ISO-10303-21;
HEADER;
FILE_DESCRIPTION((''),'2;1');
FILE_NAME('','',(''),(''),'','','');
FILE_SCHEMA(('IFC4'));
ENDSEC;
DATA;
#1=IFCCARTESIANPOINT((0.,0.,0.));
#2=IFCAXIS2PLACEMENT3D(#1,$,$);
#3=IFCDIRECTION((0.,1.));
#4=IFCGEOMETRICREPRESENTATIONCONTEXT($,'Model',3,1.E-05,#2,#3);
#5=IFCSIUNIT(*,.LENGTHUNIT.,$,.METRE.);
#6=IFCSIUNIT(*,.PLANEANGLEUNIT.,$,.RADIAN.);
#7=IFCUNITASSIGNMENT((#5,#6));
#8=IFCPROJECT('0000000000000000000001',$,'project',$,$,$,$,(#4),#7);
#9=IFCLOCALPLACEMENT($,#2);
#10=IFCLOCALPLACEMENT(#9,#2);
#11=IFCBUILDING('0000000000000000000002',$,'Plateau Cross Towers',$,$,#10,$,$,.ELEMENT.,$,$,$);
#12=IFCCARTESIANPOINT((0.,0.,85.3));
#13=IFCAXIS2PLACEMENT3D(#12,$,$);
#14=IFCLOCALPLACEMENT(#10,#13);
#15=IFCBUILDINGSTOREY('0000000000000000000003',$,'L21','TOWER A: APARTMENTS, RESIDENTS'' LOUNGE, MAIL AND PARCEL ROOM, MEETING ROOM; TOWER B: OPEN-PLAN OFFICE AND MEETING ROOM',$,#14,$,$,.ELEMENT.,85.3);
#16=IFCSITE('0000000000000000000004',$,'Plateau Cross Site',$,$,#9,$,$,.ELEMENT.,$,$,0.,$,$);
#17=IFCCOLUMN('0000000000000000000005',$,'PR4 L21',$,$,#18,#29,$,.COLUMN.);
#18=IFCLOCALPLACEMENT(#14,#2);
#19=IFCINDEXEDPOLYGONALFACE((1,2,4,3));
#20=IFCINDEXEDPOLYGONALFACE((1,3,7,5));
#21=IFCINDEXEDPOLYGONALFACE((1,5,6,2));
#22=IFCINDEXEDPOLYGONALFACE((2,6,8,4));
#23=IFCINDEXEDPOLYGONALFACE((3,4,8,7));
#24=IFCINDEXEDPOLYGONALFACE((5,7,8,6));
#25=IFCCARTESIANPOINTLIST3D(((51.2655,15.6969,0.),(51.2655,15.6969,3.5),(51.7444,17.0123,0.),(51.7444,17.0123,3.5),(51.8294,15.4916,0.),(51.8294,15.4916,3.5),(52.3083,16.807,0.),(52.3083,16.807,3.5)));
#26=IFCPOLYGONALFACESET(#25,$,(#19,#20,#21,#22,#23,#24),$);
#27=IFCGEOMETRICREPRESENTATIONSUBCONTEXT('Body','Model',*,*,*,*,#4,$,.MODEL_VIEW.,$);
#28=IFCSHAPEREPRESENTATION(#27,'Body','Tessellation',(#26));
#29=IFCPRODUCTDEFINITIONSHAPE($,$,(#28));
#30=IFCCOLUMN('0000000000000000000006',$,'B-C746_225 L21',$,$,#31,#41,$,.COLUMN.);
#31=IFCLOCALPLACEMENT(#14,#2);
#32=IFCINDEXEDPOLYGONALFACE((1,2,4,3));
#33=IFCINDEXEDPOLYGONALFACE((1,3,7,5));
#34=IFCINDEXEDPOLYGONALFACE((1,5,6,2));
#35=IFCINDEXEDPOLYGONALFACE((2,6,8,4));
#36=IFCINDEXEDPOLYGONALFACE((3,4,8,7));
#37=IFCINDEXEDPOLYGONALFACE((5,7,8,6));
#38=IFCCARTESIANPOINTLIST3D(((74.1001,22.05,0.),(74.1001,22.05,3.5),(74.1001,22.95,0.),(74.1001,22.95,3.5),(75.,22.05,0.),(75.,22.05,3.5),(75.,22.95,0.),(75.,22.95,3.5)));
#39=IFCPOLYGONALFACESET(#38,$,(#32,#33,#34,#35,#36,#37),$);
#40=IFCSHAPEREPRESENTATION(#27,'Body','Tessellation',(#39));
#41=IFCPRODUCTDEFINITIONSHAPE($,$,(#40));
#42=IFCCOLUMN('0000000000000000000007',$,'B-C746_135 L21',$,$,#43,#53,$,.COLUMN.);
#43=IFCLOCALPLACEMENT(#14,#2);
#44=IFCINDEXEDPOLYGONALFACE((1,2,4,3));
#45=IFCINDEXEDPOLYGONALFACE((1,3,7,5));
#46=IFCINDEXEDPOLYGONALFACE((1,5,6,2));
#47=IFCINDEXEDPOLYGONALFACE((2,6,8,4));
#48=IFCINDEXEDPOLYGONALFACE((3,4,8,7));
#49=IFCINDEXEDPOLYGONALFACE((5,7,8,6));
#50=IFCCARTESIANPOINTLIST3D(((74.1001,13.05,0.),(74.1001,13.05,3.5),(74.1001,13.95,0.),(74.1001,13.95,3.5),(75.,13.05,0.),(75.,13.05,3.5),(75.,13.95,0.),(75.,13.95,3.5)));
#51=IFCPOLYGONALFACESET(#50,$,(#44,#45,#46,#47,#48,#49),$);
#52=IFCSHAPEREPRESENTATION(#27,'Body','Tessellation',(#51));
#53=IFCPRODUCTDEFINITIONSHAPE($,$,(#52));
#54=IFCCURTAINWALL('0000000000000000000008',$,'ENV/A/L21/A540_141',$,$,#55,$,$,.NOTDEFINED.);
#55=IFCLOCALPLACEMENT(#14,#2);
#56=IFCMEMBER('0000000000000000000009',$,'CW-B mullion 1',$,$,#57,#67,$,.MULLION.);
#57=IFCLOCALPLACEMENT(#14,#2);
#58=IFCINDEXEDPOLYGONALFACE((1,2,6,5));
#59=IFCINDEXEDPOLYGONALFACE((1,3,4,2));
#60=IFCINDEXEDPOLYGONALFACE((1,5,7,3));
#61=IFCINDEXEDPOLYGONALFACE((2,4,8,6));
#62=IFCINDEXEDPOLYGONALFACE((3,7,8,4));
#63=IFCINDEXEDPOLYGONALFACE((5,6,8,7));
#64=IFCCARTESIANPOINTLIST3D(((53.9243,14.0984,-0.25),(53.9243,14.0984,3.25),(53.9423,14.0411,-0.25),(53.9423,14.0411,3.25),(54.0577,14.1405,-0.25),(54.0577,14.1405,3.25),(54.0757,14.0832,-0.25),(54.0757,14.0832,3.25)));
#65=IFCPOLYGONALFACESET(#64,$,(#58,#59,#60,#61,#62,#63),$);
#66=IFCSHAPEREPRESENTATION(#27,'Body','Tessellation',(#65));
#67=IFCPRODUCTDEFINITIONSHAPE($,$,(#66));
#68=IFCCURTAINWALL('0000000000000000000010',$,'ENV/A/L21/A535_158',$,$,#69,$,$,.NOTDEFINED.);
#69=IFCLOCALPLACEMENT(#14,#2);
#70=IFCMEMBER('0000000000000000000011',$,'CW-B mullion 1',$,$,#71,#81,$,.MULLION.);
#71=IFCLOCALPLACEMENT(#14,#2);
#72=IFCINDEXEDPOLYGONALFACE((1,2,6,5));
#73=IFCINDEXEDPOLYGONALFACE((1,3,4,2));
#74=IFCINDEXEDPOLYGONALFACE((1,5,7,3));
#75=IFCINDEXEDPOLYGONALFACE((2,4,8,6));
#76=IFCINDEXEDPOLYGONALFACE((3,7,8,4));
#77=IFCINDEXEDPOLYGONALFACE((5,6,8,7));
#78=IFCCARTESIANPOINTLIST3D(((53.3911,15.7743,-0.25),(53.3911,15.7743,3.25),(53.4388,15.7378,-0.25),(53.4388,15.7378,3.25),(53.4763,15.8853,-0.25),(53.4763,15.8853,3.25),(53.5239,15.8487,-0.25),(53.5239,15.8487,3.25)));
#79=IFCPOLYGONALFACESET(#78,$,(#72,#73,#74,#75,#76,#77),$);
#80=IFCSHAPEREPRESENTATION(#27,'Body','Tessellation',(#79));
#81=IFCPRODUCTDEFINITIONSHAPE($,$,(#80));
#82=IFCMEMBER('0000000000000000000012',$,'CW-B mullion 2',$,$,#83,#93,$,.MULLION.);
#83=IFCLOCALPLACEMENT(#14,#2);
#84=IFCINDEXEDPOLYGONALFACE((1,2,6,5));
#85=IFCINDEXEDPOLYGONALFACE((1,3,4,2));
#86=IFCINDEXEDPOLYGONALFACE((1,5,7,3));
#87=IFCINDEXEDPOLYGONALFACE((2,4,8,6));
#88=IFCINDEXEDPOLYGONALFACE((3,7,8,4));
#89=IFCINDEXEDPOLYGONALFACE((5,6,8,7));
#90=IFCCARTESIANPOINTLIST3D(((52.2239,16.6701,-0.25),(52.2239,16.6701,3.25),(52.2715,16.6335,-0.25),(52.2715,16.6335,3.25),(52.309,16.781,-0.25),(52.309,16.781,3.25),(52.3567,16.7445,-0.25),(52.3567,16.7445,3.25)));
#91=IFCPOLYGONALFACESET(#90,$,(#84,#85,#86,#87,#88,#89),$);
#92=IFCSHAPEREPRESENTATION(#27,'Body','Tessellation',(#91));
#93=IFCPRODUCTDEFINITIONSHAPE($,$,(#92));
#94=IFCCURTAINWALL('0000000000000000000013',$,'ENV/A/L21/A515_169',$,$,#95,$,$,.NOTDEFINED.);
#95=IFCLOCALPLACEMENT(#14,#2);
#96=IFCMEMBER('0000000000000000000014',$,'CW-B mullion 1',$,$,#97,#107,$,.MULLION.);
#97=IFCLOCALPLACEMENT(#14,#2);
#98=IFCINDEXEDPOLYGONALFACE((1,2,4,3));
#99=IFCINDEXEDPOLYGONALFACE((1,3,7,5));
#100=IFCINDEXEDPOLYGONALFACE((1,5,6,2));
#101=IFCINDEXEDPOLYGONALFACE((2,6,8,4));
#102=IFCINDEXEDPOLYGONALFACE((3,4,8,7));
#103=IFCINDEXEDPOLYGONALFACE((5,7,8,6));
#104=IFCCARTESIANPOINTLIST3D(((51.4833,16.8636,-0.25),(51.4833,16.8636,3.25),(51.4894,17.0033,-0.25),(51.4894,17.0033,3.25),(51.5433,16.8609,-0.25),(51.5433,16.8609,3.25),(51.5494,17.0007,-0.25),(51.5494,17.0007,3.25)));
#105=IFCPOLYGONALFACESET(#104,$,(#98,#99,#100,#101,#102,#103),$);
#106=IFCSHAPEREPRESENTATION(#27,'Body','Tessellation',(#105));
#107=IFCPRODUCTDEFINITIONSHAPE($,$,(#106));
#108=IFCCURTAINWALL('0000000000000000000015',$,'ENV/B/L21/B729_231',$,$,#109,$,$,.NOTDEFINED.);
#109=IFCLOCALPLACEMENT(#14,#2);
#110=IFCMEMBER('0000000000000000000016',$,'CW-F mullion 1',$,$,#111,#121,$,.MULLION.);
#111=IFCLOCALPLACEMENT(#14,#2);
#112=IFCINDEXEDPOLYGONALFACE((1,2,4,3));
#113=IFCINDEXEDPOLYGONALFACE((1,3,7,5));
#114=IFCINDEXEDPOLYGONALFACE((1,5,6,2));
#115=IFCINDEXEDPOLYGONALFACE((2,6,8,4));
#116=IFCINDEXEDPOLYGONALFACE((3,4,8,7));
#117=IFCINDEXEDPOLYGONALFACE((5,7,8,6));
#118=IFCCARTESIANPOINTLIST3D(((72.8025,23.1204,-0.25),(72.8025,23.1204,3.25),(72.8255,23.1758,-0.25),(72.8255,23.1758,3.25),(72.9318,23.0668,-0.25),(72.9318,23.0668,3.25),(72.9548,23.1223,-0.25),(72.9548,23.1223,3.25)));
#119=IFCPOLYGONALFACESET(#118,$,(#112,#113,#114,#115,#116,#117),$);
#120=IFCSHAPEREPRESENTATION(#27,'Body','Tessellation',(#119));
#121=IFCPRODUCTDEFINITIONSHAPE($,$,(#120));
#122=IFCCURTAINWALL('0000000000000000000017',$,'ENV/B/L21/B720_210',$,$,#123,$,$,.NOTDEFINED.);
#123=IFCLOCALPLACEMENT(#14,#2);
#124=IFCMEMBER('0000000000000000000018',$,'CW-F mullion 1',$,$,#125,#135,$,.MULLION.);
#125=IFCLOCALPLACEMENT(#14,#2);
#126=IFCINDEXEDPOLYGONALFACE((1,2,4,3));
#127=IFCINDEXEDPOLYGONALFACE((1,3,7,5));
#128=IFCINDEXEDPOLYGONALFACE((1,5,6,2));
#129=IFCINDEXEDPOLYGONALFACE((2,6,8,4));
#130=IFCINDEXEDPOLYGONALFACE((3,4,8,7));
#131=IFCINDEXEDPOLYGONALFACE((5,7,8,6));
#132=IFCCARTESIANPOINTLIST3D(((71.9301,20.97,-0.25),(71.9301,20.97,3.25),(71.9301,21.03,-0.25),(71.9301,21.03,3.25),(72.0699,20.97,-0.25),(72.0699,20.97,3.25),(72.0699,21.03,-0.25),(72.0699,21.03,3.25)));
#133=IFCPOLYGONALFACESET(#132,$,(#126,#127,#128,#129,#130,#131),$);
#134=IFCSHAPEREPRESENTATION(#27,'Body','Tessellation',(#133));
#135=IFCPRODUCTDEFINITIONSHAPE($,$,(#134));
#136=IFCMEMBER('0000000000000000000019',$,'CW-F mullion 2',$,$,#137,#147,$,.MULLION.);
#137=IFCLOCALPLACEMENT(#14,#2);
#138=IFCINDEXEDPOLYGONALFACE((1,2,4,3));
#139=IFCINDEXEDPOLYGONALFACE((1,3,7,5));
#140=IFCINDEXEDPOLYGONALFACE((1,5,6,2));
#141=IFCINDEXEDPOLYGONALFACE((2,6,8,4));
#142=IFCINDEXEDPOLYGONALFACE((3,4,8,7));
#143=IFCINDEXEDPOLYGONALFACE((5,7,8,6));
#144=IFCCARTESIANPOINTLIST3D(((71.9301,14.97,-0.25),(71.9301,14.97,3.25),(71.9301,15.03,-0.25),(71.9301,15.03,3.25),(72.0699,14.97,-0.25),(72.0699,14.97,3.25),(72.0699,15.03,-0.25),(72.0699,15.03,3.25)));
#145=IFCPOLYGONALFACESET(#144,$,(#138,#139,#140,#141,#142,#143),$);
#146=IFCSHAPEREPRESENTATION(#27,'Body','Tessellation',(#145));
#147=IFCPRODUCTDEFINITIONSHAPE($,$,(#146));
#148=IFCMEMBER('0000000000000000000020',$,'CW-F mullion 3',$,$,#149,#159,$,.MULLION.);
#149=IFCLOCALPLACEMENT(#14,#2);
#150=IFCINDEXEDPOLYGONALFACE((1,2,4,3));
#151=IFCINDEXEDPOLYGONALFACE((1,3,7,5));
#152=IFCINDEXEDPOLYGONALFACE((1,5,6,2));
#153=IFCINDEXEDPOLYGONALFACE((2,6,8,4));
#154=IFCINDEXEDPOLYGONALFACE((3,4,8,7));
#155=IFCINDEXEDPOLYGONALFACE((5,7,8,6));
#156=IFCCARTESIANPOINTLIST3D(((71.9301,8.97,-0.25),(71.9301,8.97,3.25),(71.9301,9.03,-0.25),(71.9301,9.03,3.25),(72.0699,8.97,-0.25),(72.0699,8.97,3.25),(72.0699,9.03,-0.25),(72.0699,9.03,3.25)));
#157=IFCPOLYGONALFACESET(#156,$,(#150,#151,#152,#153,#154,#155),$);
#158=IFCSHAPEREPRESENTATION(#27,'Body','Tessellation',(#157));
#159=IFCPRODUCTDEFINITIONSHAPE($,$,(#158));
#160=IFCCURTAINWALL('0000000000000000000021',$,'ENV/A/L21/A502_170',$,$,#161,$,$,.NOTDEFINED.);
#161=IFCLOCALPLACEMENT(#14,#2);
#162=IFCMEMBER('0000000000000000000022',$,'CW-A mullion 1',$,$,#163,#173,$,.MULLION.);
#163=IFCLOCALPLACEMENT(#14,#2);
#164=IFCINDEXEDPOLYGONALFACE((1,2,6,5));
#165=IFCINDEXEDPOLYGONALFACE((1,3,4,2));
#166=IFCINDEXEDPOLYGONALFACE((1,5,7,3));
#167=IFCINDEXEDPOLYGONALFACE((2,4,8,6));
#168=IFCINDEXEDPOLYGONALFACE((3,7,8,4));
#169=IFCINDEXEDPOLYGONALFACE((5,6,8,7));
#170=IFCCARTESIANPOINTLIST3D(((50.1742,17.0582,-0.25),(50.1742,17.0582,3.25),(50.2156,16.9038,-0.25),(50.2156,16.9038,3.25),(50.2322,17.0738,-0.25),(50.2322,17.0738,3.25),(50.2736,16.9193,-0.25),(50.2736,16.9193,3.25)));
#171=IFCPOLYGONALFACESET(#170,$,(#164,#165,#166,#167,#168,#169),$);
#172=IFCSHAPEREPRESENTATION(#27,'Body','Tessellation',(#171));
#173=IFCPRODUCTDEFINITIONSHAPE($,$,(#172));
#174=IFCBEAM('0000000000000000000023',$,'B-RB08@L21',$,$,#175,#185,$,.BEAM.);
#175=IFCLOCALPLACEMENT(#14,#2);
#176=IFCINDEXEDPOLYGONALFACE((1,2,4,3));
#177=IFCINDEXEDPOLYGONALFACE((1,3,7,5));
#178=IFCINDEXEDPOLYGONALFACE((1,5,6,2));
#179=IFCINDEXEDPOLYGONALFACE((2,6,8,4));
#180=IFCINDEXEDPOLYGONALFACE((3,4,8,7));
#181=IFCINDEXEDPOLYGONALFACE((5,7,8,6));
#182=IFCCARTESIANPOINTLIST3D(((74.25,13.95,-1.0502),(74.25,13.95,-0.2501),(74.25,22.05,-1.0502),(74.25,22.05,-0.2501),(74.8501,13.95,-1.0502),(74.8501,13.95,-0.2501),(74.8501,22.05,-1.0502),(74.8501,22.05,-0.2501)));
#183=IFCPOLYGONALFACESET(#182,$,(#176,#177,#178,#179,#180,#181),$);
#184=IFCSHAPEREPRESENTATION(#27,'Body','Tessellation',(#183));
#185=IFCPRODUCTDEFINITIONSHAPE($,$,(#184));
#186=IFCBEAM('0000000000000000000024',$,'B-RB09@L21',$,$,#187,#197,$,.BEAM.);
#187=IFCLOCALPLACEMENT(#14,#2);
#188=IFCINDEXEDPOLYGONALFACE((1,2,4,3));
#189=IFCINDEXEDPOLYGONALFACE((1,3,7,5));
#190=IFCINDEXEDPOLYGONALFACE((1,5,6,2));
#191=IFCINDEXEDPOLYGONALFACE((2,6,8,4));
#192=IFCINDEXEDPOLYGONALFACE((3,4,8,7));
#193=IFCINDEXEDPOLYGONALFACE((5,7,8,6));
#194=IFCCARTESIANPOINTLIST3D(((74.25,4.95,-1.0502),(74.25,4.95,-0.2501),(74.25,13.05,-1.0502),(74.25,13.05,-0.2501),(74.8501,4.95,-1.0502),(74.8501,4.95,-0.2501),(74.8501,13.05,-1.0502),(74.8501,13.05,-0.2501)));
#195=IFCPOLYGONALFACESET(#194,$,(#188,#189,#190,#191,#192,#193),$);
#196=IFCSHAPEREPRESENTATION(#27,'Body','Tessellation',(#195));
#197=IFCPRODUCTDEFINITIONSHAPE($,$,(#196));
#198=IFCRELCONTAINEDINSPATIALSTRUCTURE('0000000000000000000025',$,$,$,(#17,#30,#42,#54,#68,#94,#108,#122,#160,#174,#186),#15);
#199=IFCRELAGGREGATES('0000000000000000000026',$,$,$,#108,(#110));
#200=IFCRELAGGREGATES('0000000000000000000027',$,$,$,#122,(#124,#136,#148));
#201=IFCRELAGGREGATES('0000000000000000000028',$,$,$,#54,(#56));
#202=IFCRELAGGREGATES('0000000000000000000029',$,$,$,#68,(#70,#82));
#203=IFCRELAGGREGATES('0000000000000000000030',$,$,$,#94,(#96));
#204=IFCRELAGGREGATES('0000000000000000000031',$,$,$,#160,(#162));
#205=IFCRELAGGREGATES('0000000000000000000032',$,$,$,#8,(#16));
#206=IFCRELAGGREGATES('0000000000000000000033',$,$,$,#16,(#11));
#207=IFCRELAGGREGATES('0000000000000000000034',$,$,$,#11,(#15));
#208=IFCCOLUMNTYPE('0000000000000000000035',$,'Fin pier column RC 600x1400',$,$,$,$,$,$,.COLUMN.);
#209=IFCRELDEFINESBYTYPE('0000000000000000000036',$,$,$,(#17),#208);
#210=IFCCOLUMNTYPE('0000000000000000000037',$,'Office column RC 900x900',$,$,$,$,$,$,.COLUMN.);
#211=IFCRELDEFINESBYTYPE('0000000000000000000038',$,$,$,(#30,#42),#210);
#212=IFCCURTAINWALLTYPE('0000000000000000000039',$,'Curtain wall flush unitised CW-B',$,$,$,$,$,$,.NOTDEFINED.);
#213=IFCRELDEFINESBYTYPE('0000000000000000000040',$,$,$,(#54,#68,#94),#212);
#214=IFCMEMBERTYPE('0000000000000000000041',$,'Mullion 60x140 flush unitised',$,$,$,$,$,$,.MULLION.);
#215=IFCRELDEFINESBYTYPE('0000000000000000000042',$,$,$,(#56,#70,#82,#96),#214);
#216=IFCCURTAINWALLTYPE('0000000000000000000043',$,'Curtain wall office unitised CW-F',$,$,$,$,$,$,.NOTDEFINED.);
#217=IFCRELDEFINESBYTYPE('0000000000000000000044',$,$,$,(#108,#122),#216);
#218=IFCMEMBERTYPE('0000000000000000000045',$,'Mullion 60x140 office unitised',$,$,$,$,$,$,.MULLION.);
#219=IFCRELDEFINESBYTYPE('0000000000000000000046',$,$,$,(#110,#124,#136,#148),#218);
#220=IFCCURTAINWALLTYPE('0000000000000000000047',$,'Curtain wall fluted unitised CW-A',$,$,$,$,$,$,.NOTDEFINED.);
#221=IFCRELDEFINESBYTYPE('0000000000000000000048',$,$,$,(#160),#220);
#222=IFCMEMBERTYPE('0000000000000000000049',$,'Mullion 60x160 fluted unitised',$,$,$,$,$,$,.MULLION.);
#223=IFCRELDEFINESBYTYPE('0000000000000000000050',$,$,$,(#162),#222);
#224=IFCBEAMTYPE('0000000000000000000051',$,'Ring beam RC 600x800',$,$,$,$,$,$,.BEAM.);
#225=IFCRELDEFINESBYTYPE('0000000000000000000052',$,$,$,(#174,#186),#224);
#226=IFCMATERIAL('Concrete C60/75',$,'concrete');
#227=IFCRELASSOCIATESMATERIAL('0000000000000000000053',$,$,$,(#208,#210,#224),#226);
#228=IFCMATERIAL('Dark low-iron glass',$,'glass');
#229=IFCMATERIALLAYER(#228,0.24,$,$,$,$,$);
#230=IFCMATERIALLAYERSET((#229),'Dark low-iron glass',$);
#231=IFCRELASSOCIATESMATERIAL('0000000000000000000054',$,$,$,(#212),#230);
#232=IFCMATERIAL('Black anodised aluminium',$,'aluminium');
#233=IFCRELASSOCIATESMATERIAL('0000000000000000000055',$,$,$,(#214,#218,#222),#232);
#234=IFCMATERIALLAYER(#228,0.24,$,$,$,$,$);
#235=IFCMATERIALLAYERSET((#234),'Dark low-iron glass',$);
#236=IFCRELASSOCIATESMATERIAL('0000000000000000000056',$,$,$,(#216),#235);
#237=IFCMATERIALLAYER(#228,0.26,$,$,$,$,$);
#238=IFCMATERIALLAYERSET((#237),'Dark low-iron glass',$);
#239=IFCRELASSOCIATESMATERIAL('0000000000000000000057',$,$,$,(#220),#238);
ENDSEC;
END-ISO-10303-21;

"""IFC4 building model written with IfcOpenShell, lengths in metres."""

from ifc_helpers import new_model, si_unit, direction, frame, origin, origin_2d, place, context, subcontext, project, spatial, rectangle, extrude, material, layer, layer_set, material_profile, profile_set, type_object, element, aggregate, save


model = new_model("IFC4")

# Units and contexts
model_context = context("Model", 3, precision=1e-05, world=origin(), true_north=direction((0.0, 1.0)))
body_context = subcontext(model_context, "Body", "Model", "MODEL_VIEW")
ifc_project = project(units=[si_unit("LENGTHUNIT", "METRE"), si_unit("PLANEANGLEUNIT", "RADIAN")], contexts=[model_context])

# Site, building, storey
site_placement = place(None, origin())
site = spatial("IfcSite", under=ifc_project, at=site_placement, Name="Plateau Cross Site", CompositionType="ELEMENT", RefElevation=0.0)
building_placement = place(site_placement, origin())
building = spatial("IfcBuilding", under=site, at=building_placement, Name="Plateau Cross Towers", CompositionType="ELEMENT")
storey_placement = place(building_placement, frame((0.0, 0.0, 85.3)))
storey = spatial("IfcBuildingStorey", under=building, at=storey_placement, Name="L21", Description="TOWER A: APARTMENTS, RESIDENTS' LOUNGE, MAIL AND PARCEL ROOM, MEETING ROOM; TOWER B: OPEN-PLAN OFFICE AND MEETING ROOM", CompositionType="ELEMENT", Elevation=85.3)

# Columns
ifc_material_1 = material(Name="Concrete C60/75", Category="concrete")
ifc_material_profile_1 = material_profile(ifc_material_1, rectangle(XDim=0.6001, YDim=1.3999, at=origin_2d()), Name="RC 600x1400")
ifc_profile_set_1 = profile_set([ifc_material_profile_1], Name="Concrete C60/75")
column_type_1 = type_object("IfcColumnType", Name="Fin pier column RC 600x1400", PredefinedType="COLUMN", material=ifc_profile_set_1)
column_placement = place(storey_placement, frame((51.7869, 16.252, 0.0), z_axis=(0.0, 0.0, 1.0), x_axis=(-0.939664, 0.342098, 0.0)))
element("IfcColumn", 1, at=column_placement, inside=storey, type_object=column_type_1, Name="PR4 L21", PredefinedType="COLUMN", context=body_context, shape_type="SweptSolid", body=[
    extrude(rectangle(XDim=0.6001, YDim=1.3999, at=origin_2d()), origin(), (0.0, 0.0, 1.0), 3.5),
])
ifc_material_profile_2 = material_profile(ifc_material_1, rectangle(XDim=0.8999, YDim=0.8999, at=origin_2d()), Name="RC 900x900")
ifc_profile_set_2 = profile_set([ifc_material_profile_2], Name="Concrete C60/75")
column_type_2 = type_object("IfcColumnType", Name="Office column RC 900x900", PredefinedType="COLUMN", material=ifc_profile_set_2)
for number, where, z_axis, x_axis, name in (
    (2, (74.55, 22.5, 0.0), (0.0, 0.0, 1.0), (1.0, 0.0, 0.0), "B-C746_225 L21"),
    (3, (74.55, 13.5, 0.0), (0.0, 0.0, 1.0), (1.0, 0.0, 0.0), "B-C746_135 L21"),
):
    element("IfcColumn", number, at=place(storey_placement, frame(where, z_axis=z_axis, x_axis=x_axis)), inside=storey, type_object=column_type_2, Name=name, PredefinedType="COLUMN", context=body_context, shape_type="SweptSolid", body=[
        extrude(rectangle(XDim=0.8999, YDim=0.8999, at=origin_2d()), origin(), (0.0, 0.0, 1.0), 3.5),
    ])

# Curtain wall, member
ifc_material_2 = material(Name="Dark low-iron glass", Category="glass")
ifc_layer_1 = layer(ifc_material_2, 0.24)
ifc_layer_set_1 = layer_set([ifc_layer_1], Name="Dark low-iron glass")
curtain_wall_type_1 = type_object("IfcCurtainWallType", Name="Curtain wall flush unitised CW-B", PredefinedType="NOTDEFINED", material=ifc_layer_set_1)
curtain_wall_1_placement = place(storey_placement, origin())
curtain_wall_1 = element("IfcCurtainWall", 4, at=curtain_wall_1_placement, inside=storey, type_object=curtain_wall_type_1, Name="ENV/A/L21/A540_141", PredefinedType="NOTDEFINED")
ifc_material_3 = material(Name="Black anodised aluminium", Category="aluminium")
ifc_material_profile_3 = material_profile(ifc_material_3, rectangle(XDim=0.0601, YDim=0.1399, at=origin_2d()), Name="MULLION 60x140")
ifc_profile_set_3 = profile_set([ifc_material_profile_3], Name="Black anodised aluminium")
member_type_1 = type_object("IfcMemberType", Name="Mullion 60x140 flush unitised", PredefinedType="MULLION", material=ifc_profile_set_3)
member_1_placement = place(storey_placement, frame((54.0, 14.0908, -0.25), z_axis=(0.0, 0.0, 1.0), x_axis=(-0.300686, 0.953723, 0.0)))
member_1 = element("IfcMember", 5, at=member_1_placement, type_object=member_type_1, Name="CW-B mullion 1", PredefinedType="MULLION", context=body_context, shape_type="SweptSolid", body=[
    extrude(rectangle(XDim=0.0601, YDim=0.1399, at=origin_2d()), origin(), (0.0, 0.0, 1.0), 3.5),
])

# Curtain wall, members
curtain_wall_2_placement = place(storey_placement, origin())
curtain_wall_2 = element("IfcCurtainWall", 6, at=curtain_wall_2_placement, inside=storey, type_object=curtain_wall_type_1, Name="ENV/A/L21/A535_158", PredefinedType="NOTDEFINED")
member_2_placement = place(storey_placement, frame((53.4575, 15.8115, -0.25), z_axis=(0.0, 0.0, 1.0), x_axis=(-0.793316, 0.608811, 0.0)))
member_2 = element("IfcMember", 7, at=member_2_placement, type_object=member_type_1, Name="CW-B mullion 1", PredefinedType="MULLION", context=body_context, shape_type="SweptSolid", body=[
    extrude(rectangle(XDim=0.0601, YDim=0.1399, at=origin_2d()), origin(), (0.0, 0.0, 1.0), 3.5),
])
member_3_placement = place(storey_placement, frame((52.2903, 16.7073, -0.25), z_axis=(0.0, 0.0, 1.0), x_axis=(-0.793316, 0.608811, 0.0)))
member_3 = element("IfcMember", 8, at=member_3_placement, type_object=member_type_1, Name="CW-B mullion 2", PredefinedType="MULLION", context=body_context, shape_type="SweptSolid", body=[
    extrude(rectangle(XDim=0.0601, YDim=0.1399, at=origin_2d()), origin(), (0.0, 0.0, 1.0), 3.5),
])

# Curtain walls, members
curtain_wall_3_placement = place(storey_placement, origin())
curtain_wall_3 = element("IfcCurtainWall", 9, at=curtain_wall_3_placement, inside=storey, type_object=curtain_wall_type_1, Name="ENV/A/L21/A515_169", PredefinedType="NOTDEFINED")
member_4_placement = place(storey_placement, frame((51.5164, 16.9321, -0.25), z_axis=(0.0, 0.0, 1.0), x_axis=(-0.999044, 0.043723, 0.0)))
member_4 = element("IfcMember", 10, at=member_4_placement, type_object=member_type_1, Name="CW-B mullion 1", PredefinedType="MULLION", context=body_context, shape_type="SweptSolid", body=[
    extrude(rectangle(XDim=0.0601, YDim=0.1399, at=origin_2d()), origin(), (0.0, 0.0, 1.0), 3.5),
])
ifc_layer_2 = layer(ifc_material_2, 0.24)
ifc_layer_set_2 = layer_set([ifc_layer_2], Name="Dark low-iron glass")
curtain_wall_type_2 = type_object("IfcCurtainWallType", Name="Curtain wall office unitised CW-F", PredefinedType="NOTDEFINED", material=ifc_layer_set_2)
curtain_wall_4_placement = place(storey_placement, origin())
curtain_wall_4 = element("IfcCurtainWall", 11, at=curtain_wall_4_placement, inside=storey, type_object=curtain_wall_type_2, Name="ENV/B/L21/B729_231", PredefinedType="NOTDEFINED")
ifc_material_profile_4 = material_profile(ifc_material_3, rectangle(XDim=0.0601, YDim=0.1399, at=origin_2d()), Name="MULLION 60x140")
ifc_profile_set_4 = profile_set([ifc_material_profile_4], Name="Black anodised aluminium")
member_type_2 = type_object("IfcMemberType", Name="Mullion 60x140 office unitised", PredefinedType="MULLION", material=ifc_profile_set_4)
member_5_placement = place(storey_placement, frame((72.8787, 23.1213, -0.25), z_axis=(0.0, 0.0, 1.0), x_axis=(-0.382684, -0.923879, 0.0)))
member_5 = element("IfcMember", 12, at=member_5_placement, type_object=member_type_2, Name="CW-F mullion 1", PredefinedType="MULLION", context=body_context, shape_type="SweptSolid", body=[
    extrude(rectangle(XDim=0.0601, YDim=0.1399, at=origin_2d()), origin(), (0.0, 0.0, 1.0), 3.5),
])

# Curtain wall, members
curtain_wall_5_placement = place(storey_placement, origin())
curtain_wall_5 = element("IfcCurtainWall", 13, at=curtain_wall_5_placement, inside=storey, type_object=curtain_wall_type_2, Name="ENV/B/L21/B720_210", PredefinedType="NOTDEFINED")
member_6_placement = place(storey_placement, frame((72.0, 21.0, -0.25), z_axis=(0.0, 0.0, 1.0), x_axis=(0.0, -1.0, 0.0)))
member_6 = element("IfcMember", 14, at=member_6_placement, type_object=member_type_2, Name="CW-F mullion 1", PredefinedType="MULLION", context=body_context, shape_type="SweptSolid", body=[
    extrude(rectangle(XDim=0.0601, YDim=0.1399, at=origin_2d()), origin(), (0.0, 0.0, 1.0), 3.5),
])
member_7_placement = place(storey_placement, frame((72.0, 15.0, -0.25), z_axis=(0.0, 0.0, 1.0), x_axis=(0.0, -1.0, 0.0)))
member_7 = element("IfcMember", 15, at=member_7_placement, type_object=member_type_2, Name="CW-F mullion 2", PredefinedType="MULLION", context=body_context, shape_type="SweptSolid", body=[
    extrude(rectangle(XDim=0.0601, YDim=0.1399, at=origin_2d()), origin(), (0.0, 0.0, 1.0), 3.5),
])
member_8_placement = place(storey_placement, frame((72.0, 9.0, -0.25), z_axis=(0.0, 0.0, 1.0), x_axis=(0.0, -1.0, 0.0)))
member_8 = element("IfcMember", 16, at=member_8_placement, type_object=member_type_2, Name="CW-F mullion 3", PredefinedType="MULLION", context=body_context, shape_type="SweptSolid", body=[
    extrude(rectangle(XDim=0.0601, YDim=0.1399, at=origin_2d()), origin(), (0.0, 0.0, 1.0), 3.5),
])

# Curtain wall, member
ifc_layer_3 = layer(ifc_material_2, 0.26)
ifc_layer_set_3 = layer_set([ifc_layer_3], Name="Dark low-iron glass")
curtain_wall_type_3 = type_object("IfcCurtainWallType", Name="Curtain wall fluted unitised CW-A", PredefinedType="NOTDEFINED", material=ifc_layer_set_3)
curtain_wall_6_placement = place(storey_placement, origin())
curtain_wall_6 = element("IfcCurtainWall", 17, at=curtain_wall_6_placement, inside=storey, type_object=curtain_wall_type_3, Name="ENV/A/L21/A502_170", PredefinedType="NOTDEFINED")
ifc_material_profile_5 = material_profile(ifc_material_3, rectangle(XDim=0.0601, YDim=0.1599, at=origin_2d()), Name="MULLION 60x160")
ifc_profile_set_5 = profile_set([ifc_material_profile_5], Name="Black anodised aluminium")
member_type_3 = type_object("IfcMemberType", Name="Mullion 60x160 fluted unitised", PredefinedType="MULLION", material=ifc_profile_set_5)
member_9_placement = place(storey_placement, frame((50.2239, 16.9888, -0.25), z_axis=(0.0, 0.0, 1.0), x_axis=(-0.965958, -0.258699, 0.0)))
member_9 = element("IfcMember", 18, at=member_9_placement, type_object=member_type_3, Name="CW-A mullion 1", PredefinedType="MULLION", context=body_context, shape_type="SweptSolid", body=[
    extrude(rectangle(XDim=0.0601, YDim=0.1599, at=origin_2d()), origin(), (0.0, 0.0, 1.0), 3.5),
])

# Beams
ifc_material_profile_6 = material_profile(ifc_material_1, rectangle(XDim=0.6001, YDim=0.8, at=origin_2d()), Name="RC 600x800")
ifc_profile_set_6 = profile_set([ifc_material_profile_6], Name="Concrete C60/75")
beam_type = type_object("IfcBeamType", Name="Ring beam RC 600x800", PredefinedType="BEAM", material=ifc_profile_set_6)
for number, where, z_axis, x_axis, name in (
    (19, (74.55, 22.05, -0.6501), (0.0, -1.0, 0.0), (1.0, 0.0, 0.0), "B-RB08@L21"),
    (20, (74.55, 13.05, -0.6501), (0.0, -1.0, 0.0), (1.0, 0.0, 0.0), "B-RB09@L21"),
):
    element("IfcBeam", number, at=place(storey_placement, frame(where, z_axis=z_axis, x_axis=x_axis)), inside=storey, type_object=beam_type, Name=name, PredefinedType="BEAM", context=body_context, shape_type="SweptSolid", body=[
        extrude(rectangle(XDim=0.6001, YDim=0.8, at=origin_2d()), origin(), (0.0, 0.0, 1.0), 8.1001),
    ])

aggregate(curtain_wall_4, [member_5])
aggregate(curtain_wall_5, [member_6, member_7, member_8])

aggregate(curtain_wall_1, [member_1])
aggregate(curtain_wall_2, [member_2, member_3])
aggregate(curtain_wall_3, [member_4])
aggregate(curtain_wall_6, [member_9])

save(model, "model.ifc")
